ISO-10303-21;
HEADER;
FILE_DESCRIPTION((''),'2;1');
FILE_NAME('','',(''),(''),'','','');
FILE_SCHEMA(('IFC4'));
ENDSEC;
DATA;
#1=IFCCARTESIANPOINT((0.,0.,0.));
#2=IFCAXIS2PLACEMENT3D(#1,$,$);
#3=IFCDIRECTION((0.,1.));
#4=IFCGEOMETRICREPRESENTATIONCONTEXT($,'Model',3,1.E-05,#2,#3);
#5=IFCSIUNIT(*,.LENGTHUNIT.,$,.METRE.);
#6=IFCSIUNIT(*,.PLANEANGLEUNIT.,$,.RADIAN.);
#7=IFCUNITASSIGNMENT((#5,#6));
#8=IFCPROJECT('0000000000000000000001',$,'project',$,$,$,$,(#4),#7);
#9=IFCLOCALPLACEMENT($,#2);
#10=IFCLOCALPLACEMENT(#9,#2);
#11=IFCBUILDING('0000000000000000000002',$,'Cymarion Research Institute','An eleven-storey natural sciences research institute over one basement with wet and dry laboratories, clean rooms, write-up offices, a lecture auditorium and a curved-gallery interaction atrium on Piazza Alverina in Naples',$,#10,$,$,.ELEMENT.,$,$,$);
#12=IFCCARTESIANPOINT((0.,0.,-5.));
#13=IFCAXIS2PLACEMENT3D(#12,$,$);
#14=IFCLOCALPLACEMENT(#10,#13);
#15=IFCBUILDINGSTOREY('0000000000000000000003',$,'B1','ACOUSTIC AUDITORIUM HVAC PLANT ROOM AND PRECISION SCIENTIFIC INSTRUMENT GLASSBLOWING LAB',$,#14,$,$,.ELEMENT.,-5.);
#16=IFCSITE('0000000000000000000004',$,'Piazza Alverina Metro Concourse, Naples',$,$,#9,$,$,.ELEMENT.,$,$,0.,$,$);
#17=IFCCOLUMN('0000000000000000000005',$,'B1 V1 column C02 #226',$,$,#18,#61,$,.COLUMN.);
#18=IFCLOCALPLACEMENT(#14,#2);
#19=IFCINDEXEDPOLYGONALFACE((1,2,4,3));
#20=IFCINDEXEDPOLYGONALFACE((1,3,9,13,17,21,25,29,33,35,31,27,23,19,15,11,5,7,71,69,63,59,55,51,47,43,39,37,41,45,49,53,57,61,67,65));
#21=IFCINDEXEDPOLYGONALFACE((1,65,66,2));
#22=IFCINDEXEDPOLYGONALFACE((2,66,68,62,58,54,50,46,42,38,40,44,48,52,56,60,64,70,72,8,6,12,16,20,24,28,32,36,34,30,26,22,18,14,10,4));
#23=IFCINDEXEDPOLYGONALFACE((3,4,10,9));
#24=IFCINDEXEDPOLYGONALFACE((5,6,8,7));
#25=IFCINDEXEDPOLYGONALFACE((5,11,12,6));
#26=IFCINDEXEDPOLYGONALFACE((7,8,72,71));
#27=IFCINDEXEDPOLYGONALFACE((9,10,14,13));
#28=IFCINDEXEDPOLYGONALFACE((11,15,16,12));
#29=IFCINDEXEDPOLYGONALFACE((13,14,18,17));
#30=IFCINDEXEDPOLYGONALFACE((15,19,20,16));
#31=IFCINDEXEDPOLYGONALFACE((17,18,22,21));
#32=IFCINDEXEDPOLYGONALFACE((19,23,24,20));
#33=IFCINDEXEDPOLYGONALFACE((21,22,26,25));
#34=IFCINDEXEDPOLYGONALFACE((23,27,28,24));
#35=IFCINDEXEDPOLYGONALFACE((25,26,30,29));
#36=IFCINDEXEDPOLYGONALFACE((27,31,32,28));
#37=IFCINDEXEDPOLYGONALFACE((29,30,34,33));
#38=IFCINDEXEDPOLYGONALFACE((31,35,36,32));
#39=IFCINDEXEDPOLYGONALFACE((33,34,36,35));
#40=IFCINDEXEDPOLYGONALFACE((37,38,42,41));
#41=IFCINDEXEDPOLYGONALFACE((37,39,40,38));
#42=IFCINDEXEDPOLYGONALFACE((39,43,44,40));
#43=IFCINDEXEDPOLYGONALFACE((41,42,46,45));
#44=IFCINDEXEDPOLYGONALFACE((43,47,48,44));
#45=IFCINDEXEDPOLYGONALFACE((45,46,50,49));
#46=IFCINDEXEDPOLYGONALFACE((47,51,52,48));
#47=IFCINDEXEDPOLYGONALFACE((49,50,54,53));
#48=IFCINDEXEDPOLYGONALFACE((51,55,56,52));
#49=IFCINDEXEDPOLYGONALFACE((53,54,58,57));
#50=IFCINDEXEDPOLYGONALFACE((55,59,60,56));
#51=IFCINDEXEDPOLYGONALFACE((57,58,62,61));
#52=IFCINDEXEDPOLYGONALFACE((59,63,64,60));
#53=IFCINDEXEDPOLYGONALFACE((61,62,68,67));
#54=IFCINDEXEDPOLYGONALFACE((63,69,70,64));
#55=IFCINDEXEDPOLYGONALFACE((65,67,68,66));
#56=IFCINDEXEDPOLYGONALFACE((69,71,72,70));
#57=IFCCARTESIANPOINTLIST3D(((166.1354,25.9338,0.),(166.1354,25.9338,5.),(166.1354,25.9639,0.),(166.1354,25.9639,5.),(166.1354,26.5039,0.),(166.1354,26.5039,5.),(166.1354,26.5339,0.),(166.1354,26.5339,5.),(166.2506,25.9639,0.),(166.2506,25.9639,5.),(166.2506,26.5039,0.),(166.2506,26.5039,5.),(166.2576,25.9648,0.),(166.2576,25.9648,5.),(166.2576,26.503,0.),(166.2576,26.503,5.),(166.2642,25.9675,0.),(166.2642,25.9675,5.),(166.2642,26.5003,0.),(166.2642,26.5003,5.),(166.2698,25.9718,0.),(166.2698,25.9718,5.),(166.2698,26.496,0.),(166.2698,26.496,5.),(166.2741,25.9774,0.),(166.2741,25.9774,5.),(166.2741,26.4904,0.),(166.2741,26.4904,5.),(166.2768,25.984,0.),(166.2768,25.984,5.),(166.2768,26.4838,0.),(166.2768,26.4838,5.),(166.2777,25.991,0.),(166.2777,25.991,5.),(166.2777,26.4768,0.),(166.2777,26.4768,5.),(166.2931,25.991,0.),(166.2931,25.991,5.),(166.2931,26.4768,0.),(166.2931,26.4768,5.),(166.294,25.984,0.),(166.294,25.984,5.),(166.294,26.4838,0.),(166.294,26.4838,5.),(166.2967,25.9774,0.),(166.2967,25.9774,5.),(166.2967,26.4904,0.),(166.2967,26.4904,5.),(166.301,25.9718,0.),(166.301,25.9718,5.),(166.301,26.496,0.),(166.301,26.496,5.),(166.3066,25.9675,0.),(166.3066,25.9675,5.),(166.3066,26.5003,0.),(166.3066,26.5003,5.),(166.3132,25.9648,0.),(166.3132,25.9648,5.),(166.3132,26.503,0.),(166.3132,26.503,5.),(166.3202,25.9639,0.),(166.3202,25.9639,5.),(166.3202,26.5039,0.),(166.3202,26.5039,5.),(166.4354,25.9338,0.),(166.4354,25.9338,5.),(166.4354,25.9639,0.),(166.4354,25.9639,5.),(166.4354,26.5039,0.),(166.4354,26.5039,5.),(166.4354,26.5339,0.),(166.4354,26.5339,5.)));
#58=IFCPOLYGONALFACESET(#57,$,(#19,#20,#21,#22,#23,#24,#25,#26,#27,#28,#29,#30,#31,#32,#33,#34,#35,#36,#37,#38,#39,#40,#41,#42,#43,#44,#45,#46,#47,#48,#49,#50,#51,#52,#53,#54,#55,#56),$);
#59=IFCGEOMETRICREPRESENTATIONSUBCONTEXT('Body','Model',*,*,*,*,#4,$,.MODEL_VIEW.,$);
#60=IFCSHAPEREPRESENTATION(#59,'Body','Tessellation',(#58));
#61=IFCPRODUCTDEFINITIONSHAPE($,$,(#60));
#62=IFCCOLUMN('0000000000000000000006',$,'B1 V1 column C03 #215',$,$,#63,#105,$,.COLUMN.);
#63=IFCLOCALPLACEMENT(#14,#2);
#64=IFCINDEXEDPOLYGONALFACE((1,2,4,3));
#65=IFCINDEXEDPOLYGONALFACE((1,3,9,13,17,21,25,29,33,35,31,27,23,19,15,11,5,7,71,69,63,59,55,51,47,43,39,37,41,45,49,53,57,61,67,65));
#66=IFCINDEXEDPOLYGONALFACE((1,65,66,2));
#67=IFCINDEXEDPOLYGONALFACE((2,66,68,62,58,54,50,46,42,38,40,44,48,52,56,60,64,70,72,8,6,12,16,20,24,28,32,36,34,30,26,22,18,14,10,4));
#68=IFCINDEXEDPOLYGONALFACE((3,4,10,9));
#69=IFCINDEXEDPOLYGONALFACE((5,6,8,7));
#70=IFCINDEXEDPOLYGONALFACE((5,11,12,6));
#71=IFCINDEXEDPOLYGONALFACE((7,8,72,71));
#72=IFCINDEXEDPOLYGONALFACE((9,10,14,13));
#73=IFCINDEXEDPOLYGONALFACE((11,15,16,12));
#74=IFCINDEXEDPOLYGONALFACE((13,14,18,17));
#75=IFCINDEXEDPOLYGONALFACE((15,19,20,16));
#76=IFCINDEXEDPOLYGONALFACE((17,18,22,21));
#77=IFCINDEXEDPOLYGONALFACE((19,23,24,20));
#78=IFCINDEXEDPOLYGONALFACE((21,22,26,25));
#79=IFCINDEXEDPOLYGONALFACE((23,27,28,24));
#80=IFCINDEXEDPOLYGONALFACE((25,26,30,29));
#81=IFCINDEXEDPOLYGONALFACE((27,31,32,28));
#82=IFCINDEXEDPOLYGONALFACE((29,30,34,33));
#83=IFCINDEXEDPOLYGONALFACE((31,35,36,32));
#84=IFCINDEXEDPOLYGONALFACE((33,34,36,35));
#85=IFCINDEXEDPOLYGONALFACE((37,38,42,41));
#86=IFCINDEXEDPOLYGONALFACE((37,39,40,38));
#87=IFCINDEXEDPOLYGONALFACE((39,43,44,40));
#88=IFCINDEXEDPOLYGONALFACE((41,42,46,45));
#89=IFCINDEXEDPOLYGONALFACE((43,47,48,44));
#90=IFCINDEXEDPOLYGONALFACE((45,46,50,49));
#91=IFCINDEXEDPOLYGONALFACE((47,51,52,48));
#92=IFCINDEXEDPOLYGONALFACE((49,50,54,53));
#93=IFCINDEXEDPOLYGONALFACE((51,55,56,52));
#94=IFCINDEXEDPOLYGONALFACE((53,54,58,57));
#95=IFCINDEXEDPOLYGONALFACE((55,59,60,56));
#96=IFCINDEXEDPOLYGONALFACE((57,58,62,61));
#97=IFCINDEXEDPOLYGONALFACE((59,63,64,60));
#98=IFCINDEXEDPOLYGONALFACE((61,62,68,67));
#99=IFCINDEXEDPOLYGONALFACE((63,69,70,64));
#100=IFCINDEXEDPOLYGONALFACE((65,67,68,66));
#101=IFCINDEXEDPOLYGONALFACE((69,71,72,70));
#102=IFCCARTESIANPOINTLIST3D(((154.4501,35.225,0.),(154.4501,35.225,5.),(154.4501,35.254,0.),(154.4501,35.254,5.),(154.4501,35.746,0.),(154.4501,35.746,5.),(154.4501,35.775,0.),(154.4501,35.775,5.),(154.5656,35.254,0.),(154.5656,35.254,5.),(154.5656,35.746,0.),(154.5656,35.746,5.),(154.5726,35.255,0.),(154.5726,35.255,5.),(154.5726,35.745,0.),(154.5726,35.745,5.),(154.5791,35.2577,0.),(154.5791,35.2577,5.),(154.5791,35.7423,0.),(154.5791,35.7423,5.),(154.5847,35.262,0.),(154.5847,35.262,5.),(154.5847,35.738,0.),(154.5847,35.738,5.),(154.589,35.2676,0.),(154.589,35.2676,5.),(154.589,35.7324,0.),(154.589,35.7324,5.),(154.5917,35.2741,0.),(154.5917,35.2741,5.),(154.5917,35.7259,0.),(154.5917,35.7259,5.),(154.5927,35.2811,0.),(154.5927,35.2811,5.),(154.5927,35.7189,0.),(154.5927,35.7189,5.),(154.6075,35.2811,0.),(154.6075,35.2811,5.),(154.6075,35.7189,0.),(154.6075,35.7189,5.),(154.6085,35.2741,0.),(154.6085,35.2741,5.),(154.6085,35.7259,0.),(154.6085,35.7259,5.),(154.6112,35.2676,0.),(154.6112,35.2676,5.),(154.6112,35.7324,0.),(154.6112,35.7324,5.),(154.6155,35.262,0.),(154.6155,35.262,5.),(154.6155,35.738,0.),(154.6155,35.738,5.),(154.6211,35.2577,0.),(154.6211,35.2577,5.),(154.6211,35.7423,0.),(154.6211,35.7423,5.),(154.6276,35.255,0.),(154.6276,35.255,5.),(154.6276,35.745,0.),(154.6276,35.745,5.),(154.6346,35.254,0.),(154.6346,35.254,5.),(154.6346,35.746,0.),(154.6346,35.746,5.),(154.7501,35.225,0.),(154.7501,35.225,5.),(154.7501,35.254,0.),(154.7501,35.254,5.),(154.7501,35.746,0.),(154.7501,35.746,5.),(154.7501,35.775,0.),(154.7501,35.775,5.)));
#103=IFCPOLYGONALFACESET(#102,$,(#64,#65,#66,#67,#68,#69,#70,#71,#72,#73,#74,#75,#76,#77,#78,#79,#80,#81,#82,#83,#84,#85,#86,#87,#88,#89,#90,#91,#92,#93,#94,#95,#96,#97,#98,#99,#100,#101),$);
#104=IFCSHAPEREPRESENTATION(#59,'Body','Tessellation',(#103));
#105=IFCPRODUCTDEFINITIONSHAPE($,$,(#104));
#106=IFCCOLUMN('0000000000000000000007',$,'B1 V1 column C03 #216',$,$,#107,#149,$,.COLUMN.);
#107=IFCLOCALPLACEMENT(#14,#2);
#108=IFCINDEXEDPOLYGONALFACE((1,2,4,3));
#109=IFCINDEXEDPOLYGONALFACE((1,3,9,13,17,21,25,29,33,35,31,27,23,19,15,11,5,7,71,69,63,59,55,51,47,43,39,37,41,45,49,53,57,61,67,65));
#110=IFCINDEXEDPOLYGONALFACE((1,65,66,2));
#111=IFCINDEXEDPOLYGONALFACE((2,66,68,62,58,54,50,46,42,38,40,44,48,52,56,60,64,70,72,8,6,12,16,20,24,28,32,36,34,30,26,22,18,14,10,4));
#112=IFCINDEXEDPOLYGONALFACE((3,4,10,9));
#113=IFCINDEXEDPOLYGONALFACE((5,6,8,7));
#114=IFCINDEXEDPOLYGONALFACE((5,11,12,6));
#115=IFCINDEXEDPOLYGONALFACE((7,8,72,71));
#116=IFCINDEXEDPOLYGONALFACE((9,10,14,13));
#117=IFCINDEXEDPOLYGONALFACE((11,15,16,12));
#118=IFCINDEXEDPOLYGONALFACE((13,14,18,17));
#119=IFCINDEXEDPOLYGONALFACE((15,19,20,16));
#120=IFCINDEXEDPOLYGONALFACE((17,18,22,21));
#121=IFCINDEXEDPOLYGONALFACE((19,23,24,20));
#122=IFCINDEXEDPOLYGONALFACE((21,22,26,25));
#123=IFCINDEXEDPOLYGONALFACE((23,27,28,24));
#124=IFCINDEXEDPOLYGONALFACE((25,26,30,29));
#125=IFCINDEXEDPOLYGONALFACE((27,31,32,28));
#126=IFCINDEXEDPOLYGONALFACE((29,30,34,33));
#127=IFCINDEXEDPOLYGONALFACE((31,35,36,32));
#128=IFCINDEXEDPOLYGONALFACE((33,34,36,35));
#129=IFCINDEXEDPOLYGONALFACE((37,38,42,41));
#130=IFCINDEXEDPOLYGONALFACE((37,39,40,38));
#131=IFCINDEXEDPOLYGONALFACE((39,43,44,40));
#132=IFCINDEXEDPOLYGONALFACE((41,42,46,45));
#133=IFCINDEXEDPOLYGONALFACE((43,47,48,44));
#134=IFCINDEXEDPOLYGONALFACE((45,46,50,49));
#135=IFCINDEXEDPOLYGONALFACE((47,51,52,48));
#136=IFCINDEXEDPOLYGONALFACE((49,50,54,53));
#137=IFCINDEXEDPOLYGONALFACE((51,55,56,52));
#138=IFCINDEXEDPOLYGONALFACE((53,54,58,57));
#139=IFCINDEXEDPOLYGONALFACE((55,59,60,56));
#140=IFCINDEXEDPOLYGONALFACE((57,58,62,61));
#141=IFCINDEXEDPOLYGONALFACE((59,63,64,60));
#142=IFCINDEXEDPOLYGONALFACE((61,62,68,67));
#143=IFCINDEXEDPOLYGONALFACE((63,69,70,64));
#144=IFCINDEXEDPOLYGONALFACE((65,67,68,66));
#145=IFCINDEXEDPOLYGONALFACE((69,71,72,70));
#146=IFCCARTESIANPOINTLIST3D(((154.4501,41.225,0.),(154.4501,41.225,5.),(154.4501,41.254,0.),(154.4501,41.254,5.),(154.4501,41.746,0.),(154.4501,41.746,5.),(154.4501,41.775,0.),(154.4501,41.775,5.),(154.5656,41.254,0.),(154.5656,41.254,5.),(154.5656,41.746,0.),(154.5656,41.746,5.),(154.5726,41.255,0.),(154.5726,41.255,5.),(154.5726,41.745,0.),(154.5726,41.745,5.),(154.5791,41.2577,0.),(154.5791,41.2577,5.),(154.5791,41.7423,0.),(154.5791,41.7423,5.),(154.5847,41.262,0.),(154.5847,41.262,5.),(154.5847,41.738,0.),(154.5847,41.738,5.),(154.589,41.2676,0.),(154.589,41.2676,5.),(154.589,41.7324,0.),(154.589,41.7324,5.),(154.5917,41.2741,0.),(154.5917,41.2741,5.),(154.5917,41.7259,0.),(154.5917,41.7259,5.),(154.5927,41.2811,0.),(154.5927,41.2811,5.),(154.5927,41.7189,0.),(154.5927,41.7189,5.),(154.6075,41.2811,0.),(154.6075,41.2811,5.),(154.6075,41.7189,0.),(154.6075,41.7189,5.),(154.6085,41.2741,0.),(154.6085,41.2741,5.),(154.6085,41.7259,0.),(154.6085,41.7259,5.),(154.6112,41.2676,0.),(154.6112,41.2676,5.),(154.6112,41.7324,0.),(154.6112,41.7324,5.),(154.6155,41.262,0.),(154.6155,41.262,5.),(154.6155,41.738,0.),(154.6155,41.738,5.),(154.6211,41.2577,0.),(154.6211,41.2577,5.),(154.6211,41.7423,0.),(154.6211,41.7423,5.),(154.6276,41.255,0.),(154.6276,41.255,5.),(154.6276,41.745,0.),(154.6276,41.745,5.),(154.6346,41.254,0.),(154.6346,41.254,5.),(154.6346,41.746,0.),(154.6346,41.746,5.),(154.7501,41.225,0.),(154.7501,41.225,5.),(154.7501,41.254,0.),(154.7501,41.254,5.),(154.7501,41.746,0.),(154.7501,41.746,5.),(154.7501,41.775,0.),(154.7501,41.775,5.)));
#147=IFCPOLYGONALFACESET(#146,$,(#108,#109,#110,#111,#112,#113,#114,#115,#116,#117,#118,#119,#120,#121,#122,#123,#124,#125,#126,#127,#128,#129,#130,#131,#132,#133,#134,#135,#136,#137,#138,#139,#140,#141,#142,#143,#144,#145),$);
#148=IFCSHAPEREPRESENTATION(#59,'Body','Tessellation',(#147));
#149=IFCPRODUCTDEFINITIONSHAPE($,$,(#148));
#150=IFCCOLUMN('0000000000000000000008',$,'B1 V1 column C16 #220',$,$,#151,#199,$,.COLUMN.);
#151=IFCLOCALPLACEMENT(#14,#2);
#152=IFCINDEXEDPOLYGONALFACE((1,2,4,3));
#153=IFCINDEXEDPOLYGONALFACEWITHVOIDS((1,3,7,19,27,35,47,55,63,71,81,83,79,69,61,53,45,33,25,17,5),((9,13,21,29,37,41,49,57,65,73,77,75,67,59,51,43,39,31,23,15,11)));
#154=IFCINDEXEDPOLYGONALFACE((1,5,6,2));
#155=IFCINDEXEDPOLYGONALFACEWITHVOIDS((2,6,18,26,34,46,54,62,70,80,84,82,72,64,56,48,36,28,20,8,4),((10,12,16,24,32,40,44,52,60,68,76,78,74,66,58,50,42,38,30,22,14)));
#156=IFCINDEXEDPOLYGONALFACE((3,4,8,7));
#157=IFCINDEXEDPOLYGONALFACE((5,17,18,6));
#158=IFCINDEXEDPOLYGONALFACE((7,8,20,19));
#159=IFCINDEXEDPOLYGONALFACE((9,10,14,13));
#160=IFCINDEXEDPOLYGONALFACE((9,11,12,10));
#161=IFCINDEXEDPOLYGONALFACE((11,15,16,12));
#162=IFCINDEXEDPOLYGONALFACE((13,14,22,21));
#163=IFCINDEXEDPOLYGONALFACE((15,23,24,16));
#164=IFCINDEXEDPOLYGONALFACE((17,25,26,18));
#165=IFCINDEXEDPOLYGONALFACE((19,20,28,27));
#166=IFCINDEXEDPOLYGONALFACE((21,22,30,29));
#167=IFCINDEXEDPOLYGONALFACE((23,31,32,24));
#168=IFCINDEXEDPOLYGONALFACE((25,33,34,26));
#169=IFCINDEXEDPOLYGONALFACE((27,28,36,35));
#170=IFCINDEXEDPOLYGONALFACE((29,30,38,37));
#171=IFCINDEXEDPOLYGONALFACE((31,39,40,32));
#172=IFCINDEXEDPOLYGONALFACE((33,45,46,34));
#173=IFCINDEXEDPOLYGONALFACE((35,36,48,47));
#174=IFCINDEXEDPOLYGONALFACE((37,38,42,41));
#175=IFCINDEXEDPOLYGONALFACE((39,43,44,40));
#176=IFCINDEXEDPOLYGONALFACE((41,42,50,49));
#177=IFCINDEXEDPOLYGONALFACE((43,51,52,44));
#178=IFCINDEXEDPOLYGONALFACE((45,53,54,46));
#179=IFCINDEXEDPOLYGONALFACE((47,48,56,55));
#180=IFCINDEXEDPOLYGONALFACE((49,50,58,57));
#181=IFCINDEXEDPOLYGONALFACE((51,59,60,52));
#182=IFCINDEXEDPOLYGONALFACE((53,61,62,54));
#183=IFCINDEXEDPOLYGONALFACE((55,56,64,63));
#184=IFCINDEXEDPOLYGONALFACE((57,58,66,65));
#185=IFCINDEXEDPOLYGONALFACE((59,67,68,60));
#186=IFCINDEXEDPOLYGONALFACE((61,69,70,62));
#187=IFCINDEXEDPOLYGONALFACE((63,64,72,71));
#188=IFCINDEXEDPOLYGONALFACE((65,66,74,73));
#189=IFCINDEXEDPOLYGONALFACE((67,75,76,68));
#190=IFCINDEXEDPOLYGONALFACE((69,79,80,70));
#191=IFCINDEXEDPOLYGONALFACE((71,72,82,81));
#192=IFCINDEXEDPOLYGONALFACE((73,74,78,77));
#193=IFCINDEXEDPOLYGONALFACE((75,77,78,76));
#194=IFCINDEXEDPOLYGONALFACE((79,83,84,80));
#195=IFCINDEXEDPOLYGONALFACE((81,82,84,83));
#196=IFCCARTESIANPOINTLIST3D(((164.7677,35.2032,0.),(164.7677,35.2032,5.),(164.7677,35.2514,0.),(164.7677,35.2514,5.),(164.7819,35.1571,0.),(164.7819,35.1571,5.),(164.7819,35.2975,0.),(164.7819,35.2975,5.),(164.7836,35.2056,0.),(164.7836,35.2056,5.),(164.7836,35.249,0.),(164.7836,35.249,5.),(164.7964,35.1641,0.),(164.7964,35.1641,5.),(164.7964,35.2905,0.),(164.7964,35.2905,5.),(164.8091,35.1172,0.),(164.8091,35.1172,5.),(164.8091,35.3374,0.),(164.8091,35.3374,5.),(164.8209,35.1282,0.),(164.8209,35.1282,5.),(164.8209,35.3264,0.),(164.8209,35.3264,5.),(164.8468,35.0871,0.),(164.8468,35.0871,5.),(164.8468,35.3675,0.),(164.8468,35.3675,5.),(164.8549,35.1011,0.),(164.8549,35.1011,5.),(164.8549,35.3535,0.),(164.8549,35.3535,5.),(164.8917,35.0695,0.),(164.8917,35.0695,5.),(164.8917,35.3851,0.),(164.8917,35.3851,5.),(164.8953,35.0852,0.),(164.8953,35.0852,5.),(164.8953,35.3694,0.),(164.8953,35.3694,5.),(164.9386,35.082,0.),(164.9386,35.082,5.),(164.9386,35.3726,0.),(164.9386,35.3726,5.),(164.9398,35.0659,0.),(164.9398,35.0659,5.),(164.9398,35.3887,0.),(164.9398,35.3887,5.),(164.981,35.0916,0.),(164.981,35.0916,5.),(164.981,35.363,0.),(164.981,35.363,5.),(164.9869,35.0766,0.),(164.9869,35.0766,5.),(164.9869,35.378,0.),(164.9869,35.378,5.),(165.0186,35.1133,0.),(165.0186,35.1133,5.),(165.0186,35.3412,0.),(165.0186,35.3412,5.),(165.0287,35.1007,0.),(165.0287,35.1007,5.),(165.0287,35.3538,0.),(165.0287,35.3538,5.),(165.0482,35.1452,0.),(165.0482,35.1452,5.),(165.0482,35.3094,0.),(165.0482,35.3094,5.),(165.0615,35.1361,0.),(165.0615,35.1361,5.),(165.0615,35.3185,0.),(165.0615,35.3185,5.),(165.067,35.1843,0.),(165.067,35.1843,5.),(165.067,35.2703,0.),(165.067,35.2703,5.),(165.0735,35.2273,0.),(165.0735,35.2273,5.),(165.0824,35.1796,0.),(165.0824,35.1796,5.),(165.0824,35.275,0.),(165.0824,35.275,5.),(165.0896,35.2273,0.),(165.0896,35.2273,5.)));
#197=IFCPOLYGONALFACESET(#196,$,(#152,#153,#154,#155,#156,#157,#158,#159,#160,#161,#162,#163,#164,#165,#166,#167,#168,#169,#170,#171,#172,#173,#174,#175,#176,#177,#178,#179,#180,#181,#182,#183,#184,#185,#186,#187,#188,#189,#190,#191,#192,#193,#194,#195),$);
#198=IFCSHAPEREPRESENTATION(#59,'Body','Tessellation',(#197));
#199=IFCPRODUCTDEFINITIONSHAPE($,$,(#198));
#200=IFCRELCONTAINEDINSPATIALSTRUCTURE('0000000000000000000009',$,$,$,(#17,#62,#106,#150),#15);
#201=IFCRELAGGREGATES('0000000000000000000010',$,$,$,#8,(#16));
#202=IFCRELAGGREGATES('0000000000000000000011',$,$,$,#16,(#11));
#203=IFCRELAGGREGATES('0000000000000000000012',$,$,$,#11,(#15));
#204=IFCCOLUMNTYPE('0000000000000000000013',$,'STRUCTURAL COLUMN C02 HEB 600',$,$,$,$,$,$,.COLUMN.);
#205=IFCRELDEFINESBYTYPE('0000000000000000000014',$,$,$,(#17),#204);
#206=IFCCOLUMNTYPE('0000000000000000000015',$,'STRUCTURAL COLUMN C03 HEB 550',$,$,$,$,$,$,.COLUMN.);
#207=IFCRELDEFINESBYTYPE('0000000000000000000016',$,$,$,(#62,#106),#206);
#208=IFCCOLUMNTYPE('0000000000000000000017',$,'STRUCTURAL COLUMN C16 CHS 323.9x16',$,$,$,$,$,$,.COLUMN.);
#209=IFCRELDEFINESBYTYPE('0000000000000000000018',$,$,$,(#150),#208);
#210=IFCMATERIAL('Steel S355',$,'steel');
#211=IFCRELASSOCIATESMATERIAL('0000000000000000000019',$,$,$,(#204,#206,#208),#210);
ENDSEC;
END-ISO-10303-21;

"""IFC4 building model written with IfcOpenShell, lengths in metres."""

from ifc_helpers import new_model, si_unit, direction, frame, origin, origin_2d, place, context, subcontext, project, spatial, hollow_circle, i_section, extrude, material, material_profile, profile_set, type_object, element, save


model = new_model("IFC4")

# Units and contexts
model_context = context("Model", 3, precision=1e-05, world=origin(), true_north=direction((0.0, 1.0)))
body_context = subcontext(model_context, "Body", "Model", "MODEL_VIEW")
ifc_project = project(units=[si_unit("LENGTHUNIT", "METRE"), si_unit("PLANEANGLEUNIT", "RADIAN")], contexts=[model_context])

# Site, building, storey
site_placement = place(None, origin())
site = spatial("IfcSite", under=ifc_project, at=site_placement, Name="Piazza Alverina Metro Concourse, Naples", CompositionType="ELEMENT", RefElevation=0.0)
building_placement = place(site_placement, origin())
building = spatial("IfcBuilding", under=site, at=building_placement, Name="Cymarion Research Institute", Description="An eleven-storey natural sciences research institute over one basement with wet and dry laboratories, clean rooms, write-up offices, a lecture auditorium and a curved-gallery interaction atrium on Piazza Alverina in Naples", CompositionType="ELEMENT")
storey_placement = place(building_placement, frame((0.0, 0.0, -5.0)))
storey = spatial("IfcBuildingStorey", under=building, at=storey_placement, Name="B1", Description="ACOUSTIC AUDITORIUM HVAC PLANT ROOM AND PRECISION SCIENTIFIC INSTRUMENT GLASSBLOWING LAB", CompositionType="ELEMENT", Elevation=-5.0)

# Columns
ifc_material_1 = material(Name="Steel S355", Category="steel")
ifc_material_profile_1 = material_profile(ifc_material_1, i_section(OverallWidth=0.3, OverallDepth=0.6001, WebThickness=0.0154, FlangeThickness=0.03, FilletRadius=0.0271, at=origin_2d()), Name="HEB 600")
ifc_profile_set_1 = profile_set([ifc_material_profile_1], Name="Steel S355")
column_type_1 = type_object("IfcColumnType", Name="STRUCTURAL COLUMN C02 HEB 600", PredefinedType="COLUMN", material=ifc_profile_set_1)
for number, where, z_axis, x_axis, name in (
    (1, (166.2854, 26.2339, 0.0), (0.0, 0.0, 1.0), (1.0, 0.0, 0.0), "B1 V1 column C02 #226"),
):
    element("IfcColumn", number, at=place(storey_placement, frame(where, z_axis=z_axis, x_axis=x_axis)), inside=storey, type_object=column_type_1, Name=name, PredefinedType="COLUMN", context=body_context, shape_type="SweptSolid", body=[
        extrude(i_section(OverallWidth=0.3, OverallDepth=0.6001, WebThickness=0.0154, FlangeThickness=0.03, FilletRadius=0.0271, at=origin_2d()), origin(), (0.0, 0.0, 1.0), 5.0),
    ])
ifc_material_profile_2 = material_profile(ifc_material_1, i_section(OverallWidth=0.3, OverallDepth=0.55, WebThickness=0.0149, FlangeThickness=0.0291, FilletRadius=0.0271, at=origin_2d()), Name="HEB 550")
ifc_profile_set_2 = profile_set([ifc_material_profile_2], Name="Steel S355")
column_type_2 = type_object("IfcColumnType", Name="STRUCTURAL COLUMN C03 HEB 550", PredefinedType="COLUMN", material=ifc_profile_set_2)
for number, where, z_axis, x_axis, name in (
    (2, (154.6001, 35.5, 0.0), (0.0, 0.0, 1.0), (1.0, 0.0, 0.0), "B1 V1 column C03 #215"),
    (3, (154.6001, 41.5, 0.0), (0.0, 0.0, 1.0), (1.0, 0.0, 0.0), "B1 V1 column C03 #216"),
):
    element("IfcColumn", number, at=place(storey_placement, frame(where, z_axis=z_axis, x_axis=x_axis)), inside=storey, type_object=column_type_2, Name=name, PredefinedType="COLUMN", context=body_context, shape_type="SweptSolid", body=[
        extrude(i_section(OverallWidth=0.3, OverallDepth=0.55, WebThickness=0.0149, FlangeThickness=0.0291, FilletRadius=0.0271, at=origin_2d()), origin(), (0.0, 0.0, 1.0), 5.0),
    ])
ifc_material_profile_3 = material_profile(ifc_material_1, hollow_circle(Radius=0.1619, WallThickness=0.0161, at=origin_2d()), Name="CHS 323.9x16")
ifc_profile_set_3 = profile_set([ifc_material_profile_3], Name="Steel S355")
column_type_3 = type_object("IfcColumnType", Name="STRUCTURAL COLUMN C16 CHS 323.9x16", PredefinedType="COLUMN", material=ifc_profile_set_3)
for number, where, z_axis, x_axis, name in (
    (4, (164.9277, 35.2273, 0.0), (0.0, 0.0, 1.0), (1.0, 0.0, 0.0), "B1 V1 column C16 #220"),
):
    element("IfcColumn", number, at=place(storey_placement, frame(where, z_axis=z_axis, x_axis=x_axis)), inside=storey, type_object=column_type_3, Name=name, PredefinedType="COLUMN", context=body_context, shape_type="SweptSolid", body=[
        extrude(hollow_circle(Radius=0.1619, WallThickness=0.0161, at=origin_2d()), origin(), (0.0, 0.0, 1.0), 5.0),
    ])

save(model, "model.ifc")
